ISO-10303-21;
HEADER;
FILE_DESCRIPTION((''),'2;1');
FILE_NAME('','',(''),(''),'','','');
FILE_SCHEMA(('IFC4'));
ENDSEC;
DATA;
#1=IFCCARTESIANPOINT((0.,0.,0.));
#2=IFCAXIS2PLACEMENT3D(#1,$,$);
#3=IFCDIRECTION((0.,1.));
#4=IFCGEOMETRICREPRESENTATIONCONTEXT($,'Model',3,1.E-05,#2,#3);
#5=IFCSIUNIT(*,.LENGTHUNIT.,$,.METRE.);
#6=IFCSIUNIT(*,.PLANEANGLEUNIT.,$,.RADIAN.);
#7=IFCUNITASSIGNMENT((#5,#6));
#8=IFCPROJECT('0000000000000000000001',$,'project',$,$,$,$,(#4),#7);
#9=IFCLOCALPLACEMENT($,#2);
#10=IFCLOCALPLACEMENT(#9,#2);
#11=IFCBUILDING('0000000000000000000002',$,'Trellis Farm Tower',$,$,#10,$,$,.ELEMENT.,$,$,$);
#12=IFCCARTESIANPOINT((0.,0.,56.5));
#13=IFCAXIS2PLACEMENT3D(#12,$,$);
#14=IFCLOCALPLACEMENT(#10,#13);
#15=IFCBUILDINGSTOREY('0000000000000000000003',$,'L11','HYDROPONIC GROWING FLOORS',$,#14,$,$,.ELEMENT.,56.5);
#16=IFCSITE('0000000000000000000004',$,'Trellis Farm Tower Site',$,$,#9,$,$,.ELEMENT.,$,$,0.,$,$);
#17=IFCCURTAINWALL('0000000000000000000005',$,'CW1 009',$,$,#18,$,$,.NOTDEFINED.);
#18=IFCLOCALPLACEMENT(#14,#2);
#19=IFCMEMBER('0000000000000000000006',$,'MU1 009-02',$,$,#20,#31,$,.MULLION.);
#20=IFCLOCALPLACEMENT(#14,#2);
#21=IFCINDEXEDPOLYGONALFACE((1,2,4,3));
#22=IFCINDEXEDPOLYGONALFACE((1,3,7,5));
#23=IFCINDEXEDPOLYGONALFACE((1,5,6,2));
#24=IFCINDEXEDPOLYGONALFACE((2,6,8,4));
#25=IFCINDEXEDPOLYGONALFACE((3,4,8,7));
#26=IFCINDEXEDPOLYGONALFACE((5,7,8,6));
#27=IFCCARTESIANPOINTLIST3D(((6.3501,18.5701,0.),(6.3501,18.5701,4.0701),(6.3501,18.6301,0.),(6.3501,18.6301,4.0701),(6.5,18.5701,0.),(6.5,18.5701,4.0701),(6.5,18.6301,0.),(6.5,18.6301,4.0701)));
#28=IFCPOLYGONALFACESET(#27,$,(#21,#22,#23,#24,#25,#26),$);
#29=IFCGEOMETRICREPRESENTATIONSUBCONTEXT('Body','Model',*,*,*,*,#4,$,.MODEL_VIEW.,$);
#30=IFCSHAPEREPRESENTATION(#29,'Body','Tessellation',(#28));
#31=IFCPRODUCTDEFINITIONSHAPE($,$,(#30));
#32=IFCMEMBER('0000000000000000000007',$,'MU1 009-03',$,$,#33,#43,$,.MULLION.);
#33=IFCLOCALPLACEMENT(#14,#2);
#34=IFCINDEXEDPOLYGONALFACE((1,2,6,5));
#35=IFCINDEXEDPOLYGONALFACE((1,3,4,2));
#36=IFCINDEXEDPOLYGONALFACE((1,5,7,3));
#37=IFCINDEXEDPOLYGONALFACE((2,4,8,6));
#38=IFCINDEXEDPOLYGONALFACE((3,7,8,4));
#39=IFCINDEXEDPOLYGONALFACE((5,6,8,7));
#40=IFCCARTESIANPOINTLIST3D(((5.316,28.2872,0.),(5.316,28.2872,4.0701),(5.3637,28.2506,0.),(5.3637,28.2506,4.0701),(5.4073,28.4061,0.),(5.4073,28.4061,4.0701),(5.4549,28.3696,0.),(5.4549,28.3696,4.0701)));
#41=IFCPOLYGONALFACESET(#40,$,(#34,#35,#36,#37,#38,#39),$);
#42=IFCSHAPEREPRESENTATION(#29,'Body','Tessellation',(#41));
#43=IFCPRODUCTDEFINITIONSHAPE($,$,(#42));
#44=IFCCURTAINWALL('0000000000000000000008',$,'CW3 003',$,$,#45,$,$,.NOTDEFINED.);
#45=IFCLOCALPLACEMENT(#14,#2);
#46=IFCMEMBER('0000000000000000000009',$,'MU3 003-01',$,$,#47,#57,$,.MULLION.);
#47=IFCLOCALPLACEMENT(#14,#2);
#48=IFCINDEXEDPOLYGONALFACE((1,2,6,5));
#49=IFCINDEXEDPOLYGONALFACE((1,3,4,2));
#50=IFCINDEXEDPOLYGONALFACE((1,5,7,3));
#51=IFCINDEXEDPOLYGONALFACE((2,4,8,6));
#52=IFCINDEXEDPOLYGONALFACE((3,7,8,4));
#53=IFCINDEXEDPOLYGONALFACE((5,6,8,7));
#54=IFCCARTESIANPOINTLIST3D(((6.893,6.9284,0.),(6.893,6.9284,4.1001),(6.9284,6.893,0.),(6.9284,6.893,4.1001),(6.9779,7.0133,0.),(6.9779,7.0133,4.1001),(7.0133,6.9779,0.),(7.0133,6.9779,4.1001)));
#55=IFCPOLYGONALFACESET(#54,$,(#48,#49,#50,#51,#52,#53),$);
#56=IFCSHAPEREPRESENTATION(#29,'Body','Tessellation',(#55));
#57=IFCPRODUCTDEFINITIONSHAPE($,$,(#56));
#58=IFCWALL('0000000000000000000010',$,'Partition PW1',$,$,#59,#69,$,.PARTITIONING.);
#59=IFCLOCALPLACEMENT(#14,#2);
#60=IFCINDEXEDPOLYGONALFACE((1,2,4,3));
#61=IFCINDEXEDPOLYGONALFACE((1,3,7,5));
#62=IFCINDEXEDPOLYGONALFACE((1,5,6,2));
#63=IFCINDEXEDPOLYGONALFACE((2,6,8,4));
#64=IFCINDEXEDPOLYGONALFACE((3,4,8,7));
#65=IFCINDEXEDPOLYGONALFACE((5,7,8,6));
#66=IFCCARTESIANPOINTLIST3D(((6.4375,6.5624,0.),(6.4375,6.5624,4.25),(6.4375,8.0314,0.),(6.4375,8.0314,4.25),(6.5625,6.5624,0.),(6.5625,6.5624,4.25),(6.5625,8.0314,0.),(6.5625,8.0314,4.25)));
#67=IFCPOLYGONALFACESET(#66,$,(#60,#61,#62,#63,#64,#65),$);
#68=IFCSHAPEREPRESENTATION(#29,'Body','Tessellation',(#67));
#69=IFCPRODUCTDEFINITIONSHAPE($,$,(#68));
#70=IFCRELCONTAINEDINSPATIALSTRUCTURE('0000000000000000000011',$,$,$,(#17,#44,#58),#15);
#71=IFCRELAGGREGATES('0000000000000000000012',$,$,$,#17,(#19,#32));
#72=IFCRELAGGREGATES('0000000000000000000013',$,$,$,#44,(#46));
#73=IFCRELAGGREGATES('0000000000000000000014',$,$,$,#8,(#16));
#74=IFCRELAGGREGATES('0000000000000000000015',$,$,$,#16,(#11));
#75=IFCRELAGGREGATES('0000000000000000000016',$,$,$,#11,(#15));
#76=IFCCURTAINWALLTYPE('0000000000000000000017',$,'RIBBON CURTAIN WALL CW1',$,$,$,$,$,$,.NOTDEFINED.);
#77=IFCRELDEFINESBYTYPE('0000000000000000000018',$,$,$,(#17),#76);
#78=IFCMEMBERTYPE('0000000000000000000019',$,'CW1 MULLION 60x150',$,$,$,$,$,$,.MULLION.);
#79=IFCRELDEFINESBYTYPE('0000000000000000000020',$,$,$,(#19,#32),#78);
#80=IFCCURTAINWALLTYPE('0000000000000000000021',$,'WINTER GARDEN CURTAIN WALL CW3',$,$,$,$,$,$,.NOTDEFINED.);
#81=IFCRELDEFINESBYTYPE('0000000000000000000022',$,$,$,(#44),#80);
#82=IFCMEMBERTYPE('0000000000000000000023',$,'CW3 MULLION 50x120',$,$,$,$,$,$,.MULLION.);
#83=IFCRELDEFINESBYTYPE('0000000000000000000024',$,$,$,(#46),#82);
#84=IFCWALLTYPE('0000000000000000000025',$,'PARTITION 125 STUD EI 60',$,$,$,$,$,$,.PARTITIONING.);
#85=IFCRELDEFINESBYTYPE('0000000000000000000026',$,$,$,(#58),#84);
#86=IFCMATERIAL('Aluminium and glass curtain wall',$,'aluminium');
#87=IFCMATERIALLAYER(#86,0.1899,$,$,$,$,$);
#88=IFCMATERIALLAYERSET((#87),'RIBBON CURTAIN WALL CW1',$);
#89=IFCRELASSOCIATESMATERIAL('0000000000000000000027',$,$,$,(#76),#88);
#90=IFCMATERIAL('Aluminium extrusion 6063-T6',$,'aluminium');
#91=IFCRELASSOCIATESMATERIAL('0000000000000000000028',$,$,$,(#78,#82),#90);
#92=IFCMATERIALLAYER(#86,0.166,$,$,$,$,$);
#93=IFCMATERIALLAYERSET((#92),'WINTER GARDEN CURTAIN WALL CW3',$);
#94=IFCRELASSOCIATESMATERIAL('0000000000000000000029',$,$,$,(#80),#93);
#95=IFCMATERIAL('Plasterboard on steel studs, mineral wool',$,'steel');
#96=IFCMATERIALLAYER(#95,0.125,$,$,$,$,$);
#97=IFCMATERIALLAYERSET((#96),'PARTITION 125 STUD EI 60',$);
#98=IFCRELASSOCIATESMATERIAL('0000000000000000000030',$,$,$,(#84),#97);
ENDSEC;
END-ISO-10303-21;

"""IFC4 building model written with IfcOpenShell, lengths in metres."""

from ifc_helpers import new_model, si_unit, direction, frame, frame_2d, origin, origin_2d, place, context, subcontext, project, spatial, rectangle, extrude, source, transform, mapped, material, layer, layer_set, material_profile, profile_set, type_object, element, aggregate, save


model = new_model("IFC4")

# Units and contexts
model_context = context("Model", 3, precision=1e-05, world=origin(), true_north=direction((0.0, 1.0)))
body_context = subcontext(model_context, "Body", "Model", "MODEL_VIEW")
ifc_project = project(units=[si_unit("LENGTHUNIT", "METRE"), si_unit("PLANEANGLEUNIT", "RADIAN")], contexts=[model_context])

# Site, building, storey
site_placement = place(None, origin())
site = spatial("IfcSite", under=ifc_project, at=site_placement, Name="Trellis Farm Tower Site", CompositionType="ELEMENT", RefElevation=0.0)
building_placement = place(site_placement, origin())
building = spatial("IfcBuilding", under=site, at=building_placement, Name="Trellis Farm Tower", CompositionType="ELEMENT")
storey_placement = place(building_placement, frame((0.0, 0.0, 56.5)))
storey = spatial("IfcBuildingStorey", under=building, at=storey_placement, Name="L11", Description="HYDROPONIC GROWING FLOORS", CompositionType="ELEMENT", Elevation=56.5)

# Curtain wall, members
ifc_material_1 = material(Name="Aluminium and glass curtain wall", Category="aluminium")
ifc_layer_1 = layer(ifc_material_1, 0.1899)
ifc_layer_set_1 = layer_set([ifc_layer_1], Name="RIBBON CURTAIN WALL CW1")
curtain_wall_type_1 = type_object("IfcCurtainWallType", Name="RIBBON CURTAIN WALL CW1", PredefinedType="NOTDEFINED", material=ifc_layer_set_1)
placement = place(storey_placement, origin())
ifc_material_2 = material(Name="Aluminium extrusion 6063-T6", Category="aluminium")
ifc_material_profile_1 = material_profile(ifc_material_2, rectangle(XDim=0.0601, YDim=0.1499, at=origin_2d()), Name="MULLION 60x150")
ifc_profile_set_1 = profile_set([ifc_material_profile_1], Name="Aluminium extrusion 6063-T6")
member_type_1 = type_object("IfcMemberType", Name="CW1 MULLION 60x150", PredefinedType="MULLION", material=ifc_profile_set_1)
shared_shape_1 = source(origin(), body_context, "Body", "SweptSolid", [
    extrude(rectangle(XDim=0.0601, YDim=0.1499, at=origin_2d()), origin(), (0.0, 0.0, 1.0), 4.0701),
])
curtain_wall_1 = element("IfcCurtainWall", 1, at=placement, inside=storey, type_object=curtain_wall_type_1, Name="CW1 009", PredefinedType="NOTDEFINED")
member_1_placement = place(storey_placement, frame((6.425, 18.6001, 0.0), z_axis=(0.0, 0.0, 1.0), x_axis=(0.0, 1.0, 0.0)))
member_1 = element("IfcMember", 2, at=member_1_placement, type_object=member_type_1, Name="MU1 009-02", PredefinedType="MULLION", context=body_context, shape_type="MappedRepresentation", body=[
    mapped(shared_shape_1, transform((0.0, 0.0, 0.0))),
])
member_2_placement = place(storey_placement, frame((5.3855, 28.3284, 0.0), z_axis=(0.0, 0.0, 1.0), x_axis=(-0.793353, 0.608761, 0.0)))
member_2 = element("IfcMember", 3, at=member_2_placement, type_object=member_type_1, Name="MU1 009-03", PredefinedType="MULLION", context=body_context, shape_type="MappedRepresentation", body=[
    mapped(shared_shape_1, transform((0.0, 0.0, 0.0))),
])
aggregate(curtain_wall_1, [member_1, member_2])

# Curtain wall, member
ifc_layer_2 = layer(ifc_material_1, 0.166)
ifc_layer_set_2 = layer_set([ifc_layer_2], Name="WINTER GARDEN CURTAIN WALL CW3")
curtain_wall_type_2 = type_object("IfcCurtainWallType", Name="WINTER GARDEN CURTAIN WALL CW3", PredefinedType="NOTDEFINED", material=ifc_layer_set_2)
curtain_wall_2 = element("IfcCurtainWall", 4, at=placement, inside=storey, type_object=curtain_wall_type_2, Name="CW3 003", PredefinedType="NOTDEFINED")
ifc_material_profile_2 = material_profile(ifc_material_2, rectangle(XDim=0.05, YDim=0.1201, at=origin_2d()), Name="MULLION 50x120")
ifc_profile_set_2 = profile_set([ifc_material_profile_2], Name="Aluminium extrusion 6063-T6")
member_type_2 = type_object("IfcMemberType", Name="CW3 MULLION 50x120", PredefinedType="MULLION", material=ifc_profile_set_2)
shared_shape_2 = source(origin(), body_context, "Body", "SweptSolid", [
    extrude(rectangle(XDim=0.05, YDim=0.1201, at=origin_2d()), origin(), (0.0, 0.0, 1.0), 4.1001),
])
member_3_placement = place(storey_placement, frame((6.9531, 6.9531, 0.0), z_axis=(0.0, 0.0, 1.0), x_axis=(-0.707107, 0.707107, 0.0)))
member_3 = element("IfcMember", 5, at=member_3_placement, type_object=member_type_2, Name="MU3 003-01", PredefinedType="MULLION", context=body_context, shape_type="MappedRepresentation", body=[
    mapped(shared_shape_2, transform((0.0, 0.0, 0.0))),
])
aggregate(curtain_wall_2, [member_3])

# Wall
ifc_material_3 = material(Name="Plasterboard on steel studs, mineral wool", Category="steel")
ifc_layer_3 = layer(ifc_material_3, 0.125)
ifc_layer_set_3 = layer_set([ifc_layer_3], Name="PARTITION 125 STUD EI 60")
wall_type = type_object("IfcWallType", Name="PARTITION 125 STUD EI 60", PredefinedType="PARTITIONING", material=ifc_layer_set_3)
shared_shape_3 = source(origin(), body_context, "Body", "SweptSolid", [
    extrude(rectangle(XDim=1.469, YDim=0.125, at=frame_2d((0.7344, 0.0))), origin(), (0.0, 0.0, 1.0), 4.25),
])
wall_placement = place(storey_placement, frame((6.5, 6.5625, 0.0), z_axis=(0.0, 0.0, 1.0), x_axis=(0.0, 1.0, 0.0)))
element("IfcWall", 6, at=wall_placement, inside=storey, type_object=wall_type, Name="Partition PW1", PredefinedType="PARTITIONING", context=body_context, shape_type="MappedRepresentation", body=[
    mapped(shared_shape_3, transform((0.0, 0.0, 0.0))),
])

save(model, "model.ifc")
